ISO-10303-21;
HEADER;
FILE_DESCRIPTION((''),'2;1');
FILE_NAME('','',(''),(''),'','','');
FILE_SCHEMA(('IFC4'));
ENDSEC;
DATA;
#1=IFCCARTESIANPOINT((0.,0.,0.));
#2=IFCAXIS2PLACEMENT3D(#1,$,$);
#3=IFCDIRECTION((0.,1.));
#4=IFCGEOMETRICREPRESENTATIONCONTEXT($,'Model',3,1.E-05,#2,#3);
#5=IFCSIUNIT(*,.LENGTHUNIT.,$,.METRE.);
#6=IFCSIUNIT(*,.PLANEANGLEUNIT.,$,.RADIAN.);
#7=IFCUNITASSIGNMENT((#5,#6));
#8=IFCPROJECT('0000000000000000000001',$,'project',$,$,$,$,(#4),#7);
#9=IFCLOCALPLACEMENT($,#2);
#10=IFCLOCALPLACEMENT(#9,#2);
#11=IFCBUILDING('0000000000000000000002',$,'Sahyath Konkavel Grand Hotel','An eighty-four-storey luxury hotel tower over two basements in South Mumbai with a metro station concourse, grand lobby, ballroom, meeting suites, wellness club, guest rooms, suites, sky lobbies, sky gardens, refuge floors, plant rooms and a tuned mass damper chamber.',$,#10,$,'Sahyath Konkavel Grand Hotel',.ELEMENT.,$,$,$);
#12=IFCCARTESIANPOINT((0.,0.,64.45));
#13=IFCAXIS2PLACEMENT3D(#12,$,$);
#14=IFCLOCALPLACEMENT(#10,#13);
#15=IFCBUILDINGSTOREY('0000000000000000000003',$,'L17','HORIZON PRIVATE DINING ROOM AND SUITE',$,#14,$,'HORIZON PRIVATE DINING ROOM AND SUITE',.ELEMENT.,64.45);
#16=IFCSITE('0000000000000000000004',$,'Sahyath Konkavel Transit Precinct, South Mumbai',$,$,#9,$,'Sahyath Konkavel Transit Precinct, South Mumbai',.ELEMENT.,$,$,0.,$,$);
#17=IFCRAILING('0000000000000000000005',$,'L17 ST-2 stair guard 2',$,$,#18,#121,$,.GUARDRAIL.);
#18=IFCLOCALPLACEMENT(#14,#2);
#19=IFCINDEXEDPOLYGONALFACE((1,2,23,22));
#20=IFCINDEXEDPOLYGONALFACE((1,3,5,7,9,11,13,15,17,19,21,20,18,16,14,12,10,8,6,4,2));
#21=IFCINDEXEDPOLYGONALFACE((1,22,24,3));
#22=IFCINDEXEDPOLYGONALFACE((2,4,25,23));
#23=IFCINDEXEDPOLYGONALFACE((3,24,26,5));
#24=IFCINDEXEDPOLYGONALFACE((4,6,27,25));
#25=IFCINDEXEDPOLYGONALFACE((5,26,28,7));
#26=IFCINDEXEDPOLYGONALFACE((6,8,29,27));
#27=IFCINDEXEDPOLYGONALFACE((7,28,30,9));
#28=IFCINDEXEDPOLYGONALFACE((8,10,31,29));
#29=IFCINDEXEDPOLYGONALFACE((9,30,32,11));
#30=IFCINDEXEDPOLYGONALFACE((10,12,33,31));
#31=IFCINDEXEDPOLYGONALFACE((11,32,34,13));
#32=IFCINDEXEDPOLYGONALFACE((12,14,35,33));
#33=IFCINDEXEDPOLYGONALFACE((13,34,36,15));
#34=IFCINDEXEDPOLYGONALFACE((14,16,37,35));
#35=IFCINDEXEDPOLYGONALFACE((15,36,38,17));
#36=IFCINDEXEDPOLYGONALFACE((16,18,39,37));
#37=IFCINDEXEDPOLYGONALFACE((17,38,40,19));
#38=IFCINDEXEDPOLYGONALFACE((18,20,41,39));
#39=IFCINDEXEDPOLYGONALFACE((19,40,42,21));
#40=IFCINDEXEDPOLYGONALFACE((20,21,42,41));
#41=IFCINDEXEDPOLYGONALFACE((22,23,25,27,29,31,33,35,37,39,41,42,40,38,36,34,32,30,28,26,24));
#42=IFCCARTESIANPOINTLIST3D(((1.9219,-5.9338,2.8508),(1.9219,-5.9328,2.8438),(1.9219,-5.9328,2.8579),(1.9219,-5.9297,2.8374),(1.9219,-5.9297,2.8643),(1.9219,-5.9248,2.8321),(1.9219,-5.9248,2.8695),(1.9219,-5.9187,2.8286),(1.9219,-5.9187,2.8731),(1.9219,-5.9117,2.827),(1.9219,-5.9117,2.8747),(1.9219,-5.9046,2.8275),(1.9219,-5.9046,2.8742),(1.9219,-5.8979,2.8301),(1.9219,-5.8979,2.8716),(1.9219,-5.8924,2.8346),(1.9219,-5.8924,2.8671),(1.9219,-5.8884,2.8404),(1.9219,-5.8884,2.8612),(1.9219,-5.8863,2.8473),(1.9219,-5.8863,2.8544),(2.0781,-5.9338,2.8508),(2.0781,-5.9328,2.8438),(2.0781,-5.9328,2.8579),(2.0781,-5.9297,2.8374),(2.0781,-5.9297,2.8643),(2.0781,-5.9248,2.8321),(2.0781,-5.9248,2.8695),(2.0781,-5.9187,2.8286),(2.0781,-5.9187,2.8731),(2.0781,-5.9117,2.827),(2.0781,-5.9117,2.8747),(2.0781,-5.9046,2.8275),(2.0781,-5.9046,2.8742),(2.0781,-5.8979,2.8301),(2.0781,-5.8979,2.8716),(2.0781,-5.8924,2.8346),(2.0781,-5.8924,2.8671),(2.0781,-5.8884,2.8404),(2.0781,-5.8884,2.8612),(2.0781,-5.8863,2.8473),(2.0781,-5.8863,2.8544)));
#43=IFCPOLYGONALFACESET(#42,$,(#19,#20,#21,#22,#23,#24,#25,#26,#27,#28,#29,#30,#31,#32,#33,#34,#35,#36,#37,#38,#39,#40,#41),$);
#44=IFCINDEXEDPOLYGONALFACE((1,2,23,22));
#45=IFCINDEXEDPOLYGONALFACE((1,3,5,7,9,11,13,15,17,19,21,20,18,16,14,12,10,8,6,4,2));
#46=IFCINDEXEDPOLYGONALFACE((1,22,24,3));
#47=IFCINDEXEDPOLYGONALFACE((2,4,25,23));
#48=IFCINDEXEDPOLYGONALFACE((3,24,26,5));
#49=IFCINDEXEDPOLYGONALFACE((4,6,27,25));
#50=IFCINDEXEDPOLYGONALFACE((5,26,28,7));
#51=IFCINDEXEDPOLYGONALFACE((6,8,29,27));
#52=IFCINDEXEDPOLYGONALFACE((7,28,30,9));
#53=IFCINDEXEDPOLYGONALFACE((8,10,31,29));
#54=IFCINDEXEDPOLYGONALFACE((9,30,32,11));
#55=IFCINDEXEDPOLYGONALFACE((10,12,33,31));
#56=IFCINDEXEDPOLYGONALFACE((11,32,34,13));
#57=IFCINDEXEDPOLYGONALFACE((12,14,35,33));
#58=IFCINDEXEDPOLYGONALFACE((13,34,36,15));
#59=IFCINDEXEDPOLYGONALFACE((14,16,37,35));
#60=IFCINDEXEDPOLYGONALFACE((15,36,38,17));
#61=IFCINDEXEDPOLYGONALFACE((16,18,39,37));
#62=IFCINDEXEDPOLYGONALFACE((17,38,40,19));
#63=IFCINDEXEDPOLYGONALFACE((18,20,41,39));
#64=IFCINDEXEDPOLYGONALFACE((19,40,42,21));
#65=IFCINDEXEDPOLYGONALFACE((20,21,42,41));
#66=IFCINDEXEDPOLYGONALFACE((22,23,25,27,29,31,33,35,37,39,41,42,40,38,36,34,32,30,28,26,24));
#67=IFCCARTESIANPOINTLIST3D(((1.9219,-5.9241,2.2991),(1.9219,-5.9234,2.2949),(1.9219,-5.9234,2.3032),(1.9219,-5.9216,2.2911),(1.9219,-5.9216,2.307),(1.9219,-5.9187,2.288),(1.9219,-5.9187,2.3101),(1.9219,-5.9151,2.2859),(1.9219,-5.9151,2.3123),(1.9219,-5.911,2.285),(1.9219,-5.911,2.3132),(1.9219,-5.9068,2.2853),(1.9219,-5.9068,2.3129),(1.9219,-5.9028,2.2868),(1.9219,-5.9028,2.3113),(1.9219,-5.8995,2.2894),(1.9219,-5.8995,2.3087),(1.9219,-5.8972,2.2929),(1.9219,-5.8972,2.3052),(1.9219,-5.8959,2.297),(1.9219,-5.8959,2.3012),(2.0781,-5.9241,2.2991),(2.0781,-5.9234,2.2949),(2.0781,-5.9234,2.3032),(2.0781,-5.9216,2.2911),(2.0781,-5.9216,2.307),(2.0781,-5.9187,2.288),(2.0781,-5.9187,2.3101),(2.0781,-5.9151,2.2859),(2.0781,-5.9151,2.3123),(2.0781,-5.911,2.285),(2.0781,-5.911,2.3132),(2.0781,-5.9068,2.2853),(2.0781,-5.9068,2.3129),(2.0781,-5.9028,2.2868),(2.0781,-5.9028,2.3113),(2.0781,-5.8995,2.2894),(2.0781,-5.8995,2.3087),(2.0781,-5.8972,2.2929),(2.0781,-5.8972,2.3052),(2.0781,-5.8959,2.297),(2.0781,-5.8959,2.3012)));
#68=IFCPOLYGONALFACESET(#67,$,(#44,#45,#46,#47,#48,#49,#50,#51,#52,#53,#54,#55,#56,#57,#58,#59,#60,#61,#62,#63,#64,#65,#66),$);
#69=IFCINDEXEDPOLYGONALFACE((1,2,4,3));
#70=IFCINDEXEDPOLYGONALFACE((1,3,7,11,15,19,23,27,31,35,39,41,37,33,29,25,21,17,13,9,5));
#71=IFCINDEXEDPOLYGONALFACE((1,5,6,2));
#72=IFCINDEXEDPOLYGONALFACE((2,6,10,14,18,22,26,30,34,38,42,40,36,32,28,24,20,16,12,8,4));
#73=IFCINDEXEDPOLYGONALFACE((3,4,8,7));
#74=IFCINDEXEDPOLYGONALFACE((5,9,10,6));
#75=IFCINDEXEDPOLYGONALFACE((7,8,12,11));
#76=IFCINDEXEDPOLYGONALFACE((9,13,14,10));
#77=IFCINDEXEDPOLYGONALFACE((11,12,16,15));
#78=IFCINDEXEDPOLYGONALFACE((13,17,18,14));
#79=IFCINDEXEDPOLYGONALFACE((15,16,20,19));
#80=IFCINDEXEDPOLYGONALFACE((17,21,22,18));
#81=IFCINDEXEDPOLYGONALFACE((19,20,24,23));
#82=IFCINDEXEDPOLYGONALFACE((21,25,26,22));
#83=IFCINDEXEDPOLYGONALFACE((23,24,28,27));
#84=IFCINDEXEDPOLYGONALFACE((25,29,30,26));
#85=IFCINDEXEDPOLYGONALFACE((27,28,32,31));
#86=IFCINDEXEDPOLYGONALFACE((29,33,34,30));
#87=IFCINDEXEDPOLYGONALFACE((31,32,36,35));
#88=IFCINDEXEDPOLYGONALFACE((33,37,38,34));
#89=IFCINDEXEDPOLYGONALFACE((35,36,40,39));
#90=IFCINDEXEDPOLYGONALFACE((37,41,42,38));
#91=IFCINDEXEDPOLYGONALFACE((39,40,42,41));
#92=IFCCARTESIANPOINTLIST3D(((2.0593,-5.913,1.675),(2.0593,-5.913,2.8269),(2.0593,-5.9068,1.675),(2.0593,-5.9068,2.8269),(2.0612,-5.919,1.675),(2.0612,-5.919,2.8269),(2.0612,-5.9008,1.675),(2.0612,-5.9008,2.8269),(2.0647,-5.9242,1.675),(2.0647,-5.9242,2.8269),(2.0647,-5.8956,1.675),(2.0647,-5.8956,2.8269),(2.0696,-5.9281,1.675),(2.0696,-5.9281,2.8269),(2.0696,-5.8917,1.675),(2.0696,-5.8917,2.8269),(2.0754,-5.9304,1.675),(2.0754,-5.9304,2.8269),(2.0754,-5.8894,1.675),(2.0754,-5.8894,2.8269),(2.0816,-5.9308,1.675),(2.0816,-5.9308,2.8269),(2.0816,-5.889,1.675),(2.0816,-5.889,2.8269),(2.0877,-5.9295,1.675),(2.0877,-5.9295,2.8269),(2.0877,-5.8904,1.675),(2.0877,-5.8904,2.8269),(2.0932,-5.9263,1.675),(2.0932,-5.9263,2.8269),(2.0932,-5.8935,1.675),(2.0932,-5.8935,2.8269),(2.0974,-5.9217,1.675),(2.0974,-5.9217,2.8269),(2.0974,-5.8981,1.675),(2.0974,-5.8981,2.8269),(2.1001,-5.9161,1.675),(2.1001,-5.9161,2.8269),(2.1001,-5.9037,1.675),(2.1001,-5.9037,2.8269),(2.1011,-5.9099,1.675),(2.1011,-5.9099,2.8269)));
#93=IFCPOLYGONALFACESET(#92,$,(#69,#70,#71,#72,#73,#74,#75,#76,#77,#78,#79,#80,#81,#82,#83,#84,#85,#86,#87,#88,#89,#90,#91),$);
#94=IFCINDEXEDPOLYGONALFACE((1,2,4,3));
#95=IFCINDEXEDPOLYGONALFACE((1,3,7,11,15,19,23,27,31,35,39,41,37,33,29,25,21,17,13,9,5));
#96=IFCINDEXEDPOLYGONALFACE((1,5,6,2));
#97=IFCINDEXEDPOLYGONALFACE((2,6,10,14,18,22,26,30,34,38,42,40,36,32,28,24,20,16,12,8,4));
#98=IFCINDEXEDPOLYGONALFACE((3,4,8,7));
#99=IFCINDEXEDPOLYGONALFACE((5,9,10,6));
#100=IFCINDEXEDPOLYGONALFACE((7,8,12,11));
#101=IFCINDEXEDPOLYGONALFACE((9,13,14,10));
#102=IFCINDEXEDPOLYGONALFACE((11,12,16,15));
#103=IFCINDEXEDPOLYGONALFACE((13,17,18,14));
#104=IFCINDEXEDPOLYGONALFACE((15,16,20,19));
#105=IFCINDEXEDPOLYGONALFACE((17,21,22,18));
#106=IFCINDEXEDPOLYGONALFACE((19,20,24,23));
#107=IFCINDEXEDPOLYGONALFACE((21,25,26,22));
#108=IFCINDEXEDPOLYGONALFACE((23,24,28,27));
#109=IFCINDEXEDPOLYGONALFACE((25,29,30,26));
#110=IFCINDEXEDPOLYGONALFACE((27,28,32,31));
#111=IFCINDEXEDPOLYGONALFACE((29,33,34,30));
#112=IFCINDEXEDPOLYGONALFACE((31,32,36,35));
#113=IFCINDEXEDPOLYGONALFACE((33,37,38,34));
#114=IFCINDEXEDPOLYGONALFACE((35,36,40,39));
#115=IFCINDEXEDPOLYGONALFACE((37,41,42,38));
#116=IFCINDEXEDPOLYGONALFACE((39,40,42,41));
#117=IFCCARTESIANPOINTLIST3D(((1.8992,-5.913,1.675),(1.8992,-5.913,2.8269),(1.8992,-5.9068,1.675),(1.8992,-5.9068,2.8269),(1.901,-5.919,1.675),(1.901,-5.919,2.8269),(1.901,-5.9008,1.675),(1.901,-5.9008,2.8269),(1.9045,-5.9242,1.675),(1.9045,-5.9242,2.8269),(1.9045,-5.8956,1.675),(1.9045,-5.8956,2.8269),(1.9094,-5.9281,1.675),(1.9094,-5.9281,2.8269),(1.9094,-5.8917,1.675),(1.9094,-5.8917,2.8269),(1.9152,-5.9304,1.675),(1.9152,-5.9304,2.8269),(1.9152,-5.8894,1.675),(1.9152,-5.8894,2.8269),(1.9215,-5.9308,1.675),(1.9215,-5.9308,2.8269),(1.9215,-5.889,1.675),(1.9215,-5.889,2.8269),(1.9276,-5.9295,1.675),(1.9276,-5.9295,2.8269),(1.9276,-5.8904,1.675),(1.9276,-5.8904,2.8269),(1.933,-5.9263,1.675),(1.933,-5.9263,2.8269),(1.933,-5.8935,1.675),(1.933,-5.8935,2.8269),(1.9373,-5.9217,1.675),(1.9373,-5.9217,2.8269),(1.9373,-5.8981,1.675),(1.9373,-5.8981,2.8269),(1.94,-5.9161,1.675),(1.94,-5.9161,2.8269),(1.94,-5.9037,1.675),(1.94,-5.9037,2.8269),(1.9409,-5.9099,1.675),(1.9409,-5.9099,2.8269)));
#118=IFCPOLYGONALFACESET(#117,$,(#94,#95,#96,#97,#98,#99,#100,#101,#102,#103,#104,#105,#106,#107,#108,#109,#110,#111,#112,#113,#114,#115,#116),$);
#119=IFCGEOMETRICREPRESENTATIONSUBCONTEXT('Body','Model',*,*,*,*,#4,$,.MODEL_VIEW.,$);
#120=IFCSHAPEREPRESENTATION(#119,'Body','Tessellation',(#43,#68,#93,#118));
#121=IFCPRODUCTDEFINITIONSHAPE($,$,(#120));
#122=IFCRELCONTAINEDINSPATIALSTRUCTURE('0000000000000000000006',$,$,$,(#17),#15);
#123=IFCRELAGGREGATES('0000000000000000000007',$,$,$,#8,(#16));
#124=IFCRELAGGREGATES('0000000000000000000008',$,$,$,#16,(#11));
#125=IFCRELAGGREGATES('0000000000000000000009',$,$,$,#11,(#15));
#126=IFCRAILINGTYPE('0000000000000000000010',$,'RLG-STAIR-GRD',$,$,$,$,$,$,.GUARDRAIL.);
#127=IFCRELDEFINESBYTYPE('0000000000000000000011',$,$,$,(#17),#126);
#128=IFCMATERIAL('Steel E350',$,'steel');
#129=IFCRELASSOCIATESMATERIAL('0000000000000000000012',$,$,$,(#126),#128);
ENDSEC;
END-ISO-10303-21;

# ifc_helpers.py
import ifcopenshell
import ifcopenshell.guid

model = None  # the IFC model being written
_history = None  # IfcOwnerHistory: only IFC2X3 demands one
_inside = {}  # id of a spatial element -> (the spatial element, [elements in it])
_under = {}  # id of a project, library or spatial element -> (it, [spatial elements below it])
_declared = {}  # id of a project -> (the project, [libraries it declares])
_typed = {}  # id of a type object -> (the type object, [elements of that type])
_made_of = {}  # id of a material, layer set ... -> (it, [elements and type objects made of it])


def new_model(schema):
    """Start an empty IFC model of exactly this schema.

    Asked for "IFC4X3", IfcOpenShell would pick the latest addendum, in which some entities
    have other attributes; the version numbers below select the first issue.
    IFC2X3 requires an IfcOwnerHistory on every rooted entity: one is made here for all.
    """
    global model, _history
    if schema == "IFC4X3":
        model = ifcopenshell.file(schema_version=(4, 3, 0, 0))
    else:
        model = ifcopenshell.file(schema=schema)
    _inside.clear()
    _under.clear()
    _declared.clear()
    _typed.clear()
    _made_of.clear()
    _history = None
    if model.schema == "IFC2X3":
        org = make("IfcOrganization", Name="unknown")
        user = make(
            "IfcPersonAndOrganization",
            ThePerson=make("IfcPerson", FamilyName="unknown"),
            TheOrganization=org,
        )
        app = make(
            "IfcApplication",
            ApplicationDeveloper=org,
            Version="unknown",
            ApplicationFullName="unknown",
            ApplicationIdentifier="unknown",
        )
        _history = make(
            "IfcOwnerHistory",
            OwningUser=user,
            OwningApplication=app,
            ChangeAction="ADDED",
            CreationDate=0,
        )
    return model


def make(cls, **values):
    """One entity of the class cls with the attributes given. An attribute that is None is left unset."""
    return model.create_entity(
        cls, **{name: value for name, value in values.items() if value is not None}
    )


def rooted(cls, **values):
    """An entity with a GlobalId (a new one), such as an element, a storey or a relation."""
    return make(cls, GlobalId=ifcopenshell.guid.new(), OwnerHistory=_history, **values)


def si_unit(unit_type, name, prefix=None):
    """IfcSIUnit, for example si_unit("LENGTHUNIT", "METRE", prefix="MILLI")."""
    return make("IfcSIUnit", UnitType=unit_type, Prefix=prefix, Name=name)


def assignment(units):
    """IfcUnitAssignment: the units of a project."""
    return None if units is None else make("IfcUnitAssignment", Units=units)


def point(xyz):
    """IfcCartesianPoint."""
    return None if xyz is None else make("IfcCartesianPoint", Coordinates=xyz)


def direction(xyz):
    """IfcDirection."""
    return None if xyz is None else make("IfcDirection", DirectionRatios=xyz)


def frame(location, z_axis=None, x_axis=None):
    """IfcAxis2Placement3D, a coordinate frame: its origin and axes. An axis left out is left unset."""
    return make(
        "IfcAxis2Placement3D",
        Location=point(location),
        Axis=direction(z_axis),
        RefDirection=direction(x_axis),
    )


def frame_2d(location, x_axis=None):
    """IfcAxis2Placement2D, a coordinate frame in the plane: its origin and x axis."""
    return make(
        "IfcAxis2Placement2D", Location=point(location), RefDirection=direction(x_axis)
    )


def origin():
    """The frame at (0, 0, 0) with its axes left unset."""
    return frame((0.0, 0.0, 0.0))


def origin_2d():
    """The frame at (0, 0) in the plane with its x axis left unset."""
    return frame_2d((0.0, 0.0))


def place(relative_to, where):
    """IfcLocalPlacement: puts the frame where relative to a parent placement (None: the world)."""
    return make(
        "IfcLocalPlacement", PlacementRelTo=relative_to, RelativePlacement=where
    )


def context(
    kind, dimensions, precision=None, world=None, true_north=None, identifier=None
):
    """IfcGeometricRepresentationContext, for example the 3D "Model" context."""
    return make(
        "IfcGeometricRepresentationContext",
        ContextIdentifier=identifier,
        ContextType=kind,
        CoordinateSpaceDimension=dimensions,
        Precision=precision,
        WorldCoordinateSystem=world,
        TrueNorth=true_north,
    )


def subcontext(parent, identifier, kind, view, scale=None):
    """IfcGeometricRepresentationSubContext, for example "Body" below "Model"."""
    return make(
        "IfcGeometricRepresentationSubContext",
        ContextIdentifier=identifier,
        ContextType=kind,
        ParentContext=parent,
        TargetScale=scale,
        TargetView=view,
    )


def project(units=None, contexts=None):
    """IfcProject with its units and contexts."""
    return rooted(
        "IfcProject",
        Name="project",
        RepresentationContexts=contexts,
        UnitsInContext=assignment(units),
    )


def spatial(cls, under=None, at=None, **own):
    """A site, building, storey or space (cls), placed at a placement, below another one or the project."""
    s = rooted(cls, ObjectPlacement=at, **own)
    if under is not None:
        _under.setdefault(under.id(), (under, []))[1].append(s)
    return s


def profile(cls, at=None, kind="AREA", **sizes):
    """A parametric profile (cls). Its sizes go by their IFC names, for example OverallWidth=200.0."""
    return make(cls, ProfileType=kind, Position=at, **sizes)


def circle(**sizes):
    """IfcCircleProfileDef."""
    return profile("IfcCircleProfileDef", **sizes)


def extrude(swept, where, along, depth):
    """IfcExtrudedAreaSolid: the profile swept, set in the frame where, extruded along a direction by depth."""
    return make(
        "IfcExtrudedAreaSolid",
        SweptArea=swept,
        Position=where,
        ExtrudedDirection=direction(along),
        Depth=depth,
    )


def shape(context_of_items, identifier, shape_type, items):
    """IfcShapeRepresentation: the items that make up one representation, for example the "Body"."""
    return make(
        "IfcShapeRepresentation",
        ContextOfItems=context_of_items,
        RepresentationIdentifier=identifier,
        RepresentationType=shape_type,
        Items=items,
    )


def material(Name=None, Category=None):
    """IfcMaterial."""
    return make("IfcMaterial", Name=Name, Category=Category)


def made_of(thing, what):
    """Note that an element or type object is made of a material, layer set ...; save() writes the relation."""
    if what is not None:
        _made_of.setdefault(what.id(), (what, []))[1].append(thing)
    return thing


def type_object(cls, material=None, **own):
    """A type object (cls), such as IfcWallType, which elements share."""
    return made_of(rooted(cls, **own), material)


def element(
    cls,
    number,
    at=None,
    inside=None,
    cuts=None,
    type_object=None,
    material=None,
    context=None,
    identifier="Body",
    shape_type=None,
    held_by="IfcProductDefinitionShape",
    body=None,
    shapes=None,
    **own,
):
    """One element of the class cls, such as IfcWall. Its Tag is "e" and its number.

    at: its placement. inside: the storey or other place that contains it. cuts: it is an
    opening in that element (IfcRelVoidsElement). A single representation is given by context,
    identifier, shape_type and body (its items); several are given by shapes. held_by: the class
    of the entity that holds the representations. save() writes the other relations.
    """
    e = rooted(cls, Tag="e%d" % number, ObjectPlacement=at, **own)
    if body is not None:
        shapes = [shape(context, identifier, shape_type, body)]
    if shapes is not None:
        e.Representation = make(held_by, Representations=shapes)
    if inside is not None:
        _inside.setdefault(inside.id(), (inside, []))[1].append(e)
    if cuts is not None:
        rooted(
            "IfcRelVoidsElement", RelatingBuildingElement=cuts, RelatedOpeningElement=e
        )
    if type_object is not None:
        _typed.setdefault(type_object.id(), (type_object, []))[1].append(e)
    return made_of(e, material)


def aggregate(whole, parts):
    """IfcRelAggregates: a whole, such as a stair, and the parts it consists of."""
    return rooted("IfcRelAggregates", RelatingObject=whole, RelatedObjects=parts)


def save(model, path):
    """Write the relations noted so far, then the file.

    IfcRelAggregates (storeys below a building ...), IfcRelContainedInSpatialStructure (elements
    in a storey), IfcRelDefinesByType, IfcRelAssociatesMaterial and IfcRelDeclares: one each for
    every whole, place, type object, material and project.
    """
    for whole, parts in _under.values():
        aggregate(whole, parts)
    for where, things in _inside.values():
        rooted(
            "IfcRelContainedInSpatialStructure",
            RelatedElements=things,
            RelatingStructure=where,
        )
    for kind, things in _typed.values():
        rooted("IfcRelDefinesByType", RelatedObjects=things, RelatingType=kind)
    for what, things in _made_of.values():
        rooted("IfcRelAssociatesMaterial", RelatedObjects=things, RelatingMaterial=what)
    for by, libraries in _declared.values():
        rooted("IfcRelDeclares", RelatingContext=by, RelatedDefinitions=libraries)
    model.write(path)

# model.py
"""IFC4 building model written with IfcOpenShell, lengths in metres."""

from ifc_helpers import new_model, si_unit, direction, frame, origin, origin_2d, place, context, subcontext, project, spatial, circle, extrude, material, type_object, element, save


model = new_model("IFC4")

# Units and contexts
model_context = context("Model", 3, precision=1e-05, world=origin(), true_north=direction((0.0, 1.0)))
body_context = subcontext(model_context, "Body", "Model", "MODEL_VIEW")
ifc_project = project(units=[si_unit("LENGTHUNIT", "METRE"), si_unit("PLANEANGLEUNIT", "RADIAN")], contexts=[model_context])

# Site, building, storey
site_placement = place(None, origin())
site = spatial("IfcSite", under=ifc_project, at=site_placement, Name="Sahyath Konkavel Transit Precinct, South Mumbai", LongName="Sahyath Konkavel Transit Precinct, South Mumbai", CompositionType="ELEMENT", RefElevation=0.0)
building_placement = place(site_placement, origin())
building = spatial("IfcBuilding", under=site, at=building_placement, Name="Sahyath Konkavel Grand Hotel", Description="An eighty-four-storey luxury hotel tower over two basements in South Mumbai with a metro station concourse, grand lobby, ballroom, meeting suites, wellness club, guest rooms, suites, sky lobbies, sky gardens, refuge floors, plant rooms and a tuned mass damper chamber.", LongName="Sahyath Konkavel Grand Hotel", CompositionType="ELEMENT")
storey_placement = place(building_placement, frame((0.0, 0.0, 64.45)))
storey = spatial("IfcBuildingStorey", under=building, at=storey_placement, Name="L17", Description="HORIZON PRIVATE DINING ROOM AND SUITE", LongName="HORIZON PRIVATE DINING ROOM AND SUITE", CompositionType="ELEMENT", Elevation=64.45)

# Shared definitions
ifc_material_1 = material(Name="Steel E350", Category="steel")

# Railing
railing_type_1 = type_object("IfcRailingType", Name="RLG-STAIR-GRD", PredefinedType="GUARDRAIL", material=ifc_material_1)
railing_1_placement = place(storey_placement, frame((2.0801, -5.9099, 1.675)))
element("IfcRailing", 1, at=railing_1_placement, inside=storey, type_object=railing_type_1, Name="L17 ST-2 stair guard 2", PredefinedType="GUARDRAIL", context=body_context, shape_type="SweptSolid", body=[
    extrude(circle(Radius=0.0239, at=origin_2d()), frame((-0.002, 0.0, 1.1758), z_axis=(-1.0, 0.0, 0.0), x_axis=(0.0, -1.0, 0.0)), (0.0, 0.0, 1.0), 0.1562),
    extrude(circle(Radius=0.0142, at=origin_2d()), frame((-0.002, 0.0, 0.624), z_axis=(-1.0, 0.0, 0.0), x_axis=(0.0, -1.0, 0.0)), (0.0, 0.0, 1.0), 0.1562),
    extrude(circle(Radius=0.021, at=origin_2d()), origin(), (0.0, 0.0, 1.0), 1.1519),
    extrude(circle(Radius=0.021, at=origin_2d()), frame((-0.1602, 0.0, 0.0)), (0.0, 0.0, 1.0), 1.1519),
])

save(model, "model.ifc")
